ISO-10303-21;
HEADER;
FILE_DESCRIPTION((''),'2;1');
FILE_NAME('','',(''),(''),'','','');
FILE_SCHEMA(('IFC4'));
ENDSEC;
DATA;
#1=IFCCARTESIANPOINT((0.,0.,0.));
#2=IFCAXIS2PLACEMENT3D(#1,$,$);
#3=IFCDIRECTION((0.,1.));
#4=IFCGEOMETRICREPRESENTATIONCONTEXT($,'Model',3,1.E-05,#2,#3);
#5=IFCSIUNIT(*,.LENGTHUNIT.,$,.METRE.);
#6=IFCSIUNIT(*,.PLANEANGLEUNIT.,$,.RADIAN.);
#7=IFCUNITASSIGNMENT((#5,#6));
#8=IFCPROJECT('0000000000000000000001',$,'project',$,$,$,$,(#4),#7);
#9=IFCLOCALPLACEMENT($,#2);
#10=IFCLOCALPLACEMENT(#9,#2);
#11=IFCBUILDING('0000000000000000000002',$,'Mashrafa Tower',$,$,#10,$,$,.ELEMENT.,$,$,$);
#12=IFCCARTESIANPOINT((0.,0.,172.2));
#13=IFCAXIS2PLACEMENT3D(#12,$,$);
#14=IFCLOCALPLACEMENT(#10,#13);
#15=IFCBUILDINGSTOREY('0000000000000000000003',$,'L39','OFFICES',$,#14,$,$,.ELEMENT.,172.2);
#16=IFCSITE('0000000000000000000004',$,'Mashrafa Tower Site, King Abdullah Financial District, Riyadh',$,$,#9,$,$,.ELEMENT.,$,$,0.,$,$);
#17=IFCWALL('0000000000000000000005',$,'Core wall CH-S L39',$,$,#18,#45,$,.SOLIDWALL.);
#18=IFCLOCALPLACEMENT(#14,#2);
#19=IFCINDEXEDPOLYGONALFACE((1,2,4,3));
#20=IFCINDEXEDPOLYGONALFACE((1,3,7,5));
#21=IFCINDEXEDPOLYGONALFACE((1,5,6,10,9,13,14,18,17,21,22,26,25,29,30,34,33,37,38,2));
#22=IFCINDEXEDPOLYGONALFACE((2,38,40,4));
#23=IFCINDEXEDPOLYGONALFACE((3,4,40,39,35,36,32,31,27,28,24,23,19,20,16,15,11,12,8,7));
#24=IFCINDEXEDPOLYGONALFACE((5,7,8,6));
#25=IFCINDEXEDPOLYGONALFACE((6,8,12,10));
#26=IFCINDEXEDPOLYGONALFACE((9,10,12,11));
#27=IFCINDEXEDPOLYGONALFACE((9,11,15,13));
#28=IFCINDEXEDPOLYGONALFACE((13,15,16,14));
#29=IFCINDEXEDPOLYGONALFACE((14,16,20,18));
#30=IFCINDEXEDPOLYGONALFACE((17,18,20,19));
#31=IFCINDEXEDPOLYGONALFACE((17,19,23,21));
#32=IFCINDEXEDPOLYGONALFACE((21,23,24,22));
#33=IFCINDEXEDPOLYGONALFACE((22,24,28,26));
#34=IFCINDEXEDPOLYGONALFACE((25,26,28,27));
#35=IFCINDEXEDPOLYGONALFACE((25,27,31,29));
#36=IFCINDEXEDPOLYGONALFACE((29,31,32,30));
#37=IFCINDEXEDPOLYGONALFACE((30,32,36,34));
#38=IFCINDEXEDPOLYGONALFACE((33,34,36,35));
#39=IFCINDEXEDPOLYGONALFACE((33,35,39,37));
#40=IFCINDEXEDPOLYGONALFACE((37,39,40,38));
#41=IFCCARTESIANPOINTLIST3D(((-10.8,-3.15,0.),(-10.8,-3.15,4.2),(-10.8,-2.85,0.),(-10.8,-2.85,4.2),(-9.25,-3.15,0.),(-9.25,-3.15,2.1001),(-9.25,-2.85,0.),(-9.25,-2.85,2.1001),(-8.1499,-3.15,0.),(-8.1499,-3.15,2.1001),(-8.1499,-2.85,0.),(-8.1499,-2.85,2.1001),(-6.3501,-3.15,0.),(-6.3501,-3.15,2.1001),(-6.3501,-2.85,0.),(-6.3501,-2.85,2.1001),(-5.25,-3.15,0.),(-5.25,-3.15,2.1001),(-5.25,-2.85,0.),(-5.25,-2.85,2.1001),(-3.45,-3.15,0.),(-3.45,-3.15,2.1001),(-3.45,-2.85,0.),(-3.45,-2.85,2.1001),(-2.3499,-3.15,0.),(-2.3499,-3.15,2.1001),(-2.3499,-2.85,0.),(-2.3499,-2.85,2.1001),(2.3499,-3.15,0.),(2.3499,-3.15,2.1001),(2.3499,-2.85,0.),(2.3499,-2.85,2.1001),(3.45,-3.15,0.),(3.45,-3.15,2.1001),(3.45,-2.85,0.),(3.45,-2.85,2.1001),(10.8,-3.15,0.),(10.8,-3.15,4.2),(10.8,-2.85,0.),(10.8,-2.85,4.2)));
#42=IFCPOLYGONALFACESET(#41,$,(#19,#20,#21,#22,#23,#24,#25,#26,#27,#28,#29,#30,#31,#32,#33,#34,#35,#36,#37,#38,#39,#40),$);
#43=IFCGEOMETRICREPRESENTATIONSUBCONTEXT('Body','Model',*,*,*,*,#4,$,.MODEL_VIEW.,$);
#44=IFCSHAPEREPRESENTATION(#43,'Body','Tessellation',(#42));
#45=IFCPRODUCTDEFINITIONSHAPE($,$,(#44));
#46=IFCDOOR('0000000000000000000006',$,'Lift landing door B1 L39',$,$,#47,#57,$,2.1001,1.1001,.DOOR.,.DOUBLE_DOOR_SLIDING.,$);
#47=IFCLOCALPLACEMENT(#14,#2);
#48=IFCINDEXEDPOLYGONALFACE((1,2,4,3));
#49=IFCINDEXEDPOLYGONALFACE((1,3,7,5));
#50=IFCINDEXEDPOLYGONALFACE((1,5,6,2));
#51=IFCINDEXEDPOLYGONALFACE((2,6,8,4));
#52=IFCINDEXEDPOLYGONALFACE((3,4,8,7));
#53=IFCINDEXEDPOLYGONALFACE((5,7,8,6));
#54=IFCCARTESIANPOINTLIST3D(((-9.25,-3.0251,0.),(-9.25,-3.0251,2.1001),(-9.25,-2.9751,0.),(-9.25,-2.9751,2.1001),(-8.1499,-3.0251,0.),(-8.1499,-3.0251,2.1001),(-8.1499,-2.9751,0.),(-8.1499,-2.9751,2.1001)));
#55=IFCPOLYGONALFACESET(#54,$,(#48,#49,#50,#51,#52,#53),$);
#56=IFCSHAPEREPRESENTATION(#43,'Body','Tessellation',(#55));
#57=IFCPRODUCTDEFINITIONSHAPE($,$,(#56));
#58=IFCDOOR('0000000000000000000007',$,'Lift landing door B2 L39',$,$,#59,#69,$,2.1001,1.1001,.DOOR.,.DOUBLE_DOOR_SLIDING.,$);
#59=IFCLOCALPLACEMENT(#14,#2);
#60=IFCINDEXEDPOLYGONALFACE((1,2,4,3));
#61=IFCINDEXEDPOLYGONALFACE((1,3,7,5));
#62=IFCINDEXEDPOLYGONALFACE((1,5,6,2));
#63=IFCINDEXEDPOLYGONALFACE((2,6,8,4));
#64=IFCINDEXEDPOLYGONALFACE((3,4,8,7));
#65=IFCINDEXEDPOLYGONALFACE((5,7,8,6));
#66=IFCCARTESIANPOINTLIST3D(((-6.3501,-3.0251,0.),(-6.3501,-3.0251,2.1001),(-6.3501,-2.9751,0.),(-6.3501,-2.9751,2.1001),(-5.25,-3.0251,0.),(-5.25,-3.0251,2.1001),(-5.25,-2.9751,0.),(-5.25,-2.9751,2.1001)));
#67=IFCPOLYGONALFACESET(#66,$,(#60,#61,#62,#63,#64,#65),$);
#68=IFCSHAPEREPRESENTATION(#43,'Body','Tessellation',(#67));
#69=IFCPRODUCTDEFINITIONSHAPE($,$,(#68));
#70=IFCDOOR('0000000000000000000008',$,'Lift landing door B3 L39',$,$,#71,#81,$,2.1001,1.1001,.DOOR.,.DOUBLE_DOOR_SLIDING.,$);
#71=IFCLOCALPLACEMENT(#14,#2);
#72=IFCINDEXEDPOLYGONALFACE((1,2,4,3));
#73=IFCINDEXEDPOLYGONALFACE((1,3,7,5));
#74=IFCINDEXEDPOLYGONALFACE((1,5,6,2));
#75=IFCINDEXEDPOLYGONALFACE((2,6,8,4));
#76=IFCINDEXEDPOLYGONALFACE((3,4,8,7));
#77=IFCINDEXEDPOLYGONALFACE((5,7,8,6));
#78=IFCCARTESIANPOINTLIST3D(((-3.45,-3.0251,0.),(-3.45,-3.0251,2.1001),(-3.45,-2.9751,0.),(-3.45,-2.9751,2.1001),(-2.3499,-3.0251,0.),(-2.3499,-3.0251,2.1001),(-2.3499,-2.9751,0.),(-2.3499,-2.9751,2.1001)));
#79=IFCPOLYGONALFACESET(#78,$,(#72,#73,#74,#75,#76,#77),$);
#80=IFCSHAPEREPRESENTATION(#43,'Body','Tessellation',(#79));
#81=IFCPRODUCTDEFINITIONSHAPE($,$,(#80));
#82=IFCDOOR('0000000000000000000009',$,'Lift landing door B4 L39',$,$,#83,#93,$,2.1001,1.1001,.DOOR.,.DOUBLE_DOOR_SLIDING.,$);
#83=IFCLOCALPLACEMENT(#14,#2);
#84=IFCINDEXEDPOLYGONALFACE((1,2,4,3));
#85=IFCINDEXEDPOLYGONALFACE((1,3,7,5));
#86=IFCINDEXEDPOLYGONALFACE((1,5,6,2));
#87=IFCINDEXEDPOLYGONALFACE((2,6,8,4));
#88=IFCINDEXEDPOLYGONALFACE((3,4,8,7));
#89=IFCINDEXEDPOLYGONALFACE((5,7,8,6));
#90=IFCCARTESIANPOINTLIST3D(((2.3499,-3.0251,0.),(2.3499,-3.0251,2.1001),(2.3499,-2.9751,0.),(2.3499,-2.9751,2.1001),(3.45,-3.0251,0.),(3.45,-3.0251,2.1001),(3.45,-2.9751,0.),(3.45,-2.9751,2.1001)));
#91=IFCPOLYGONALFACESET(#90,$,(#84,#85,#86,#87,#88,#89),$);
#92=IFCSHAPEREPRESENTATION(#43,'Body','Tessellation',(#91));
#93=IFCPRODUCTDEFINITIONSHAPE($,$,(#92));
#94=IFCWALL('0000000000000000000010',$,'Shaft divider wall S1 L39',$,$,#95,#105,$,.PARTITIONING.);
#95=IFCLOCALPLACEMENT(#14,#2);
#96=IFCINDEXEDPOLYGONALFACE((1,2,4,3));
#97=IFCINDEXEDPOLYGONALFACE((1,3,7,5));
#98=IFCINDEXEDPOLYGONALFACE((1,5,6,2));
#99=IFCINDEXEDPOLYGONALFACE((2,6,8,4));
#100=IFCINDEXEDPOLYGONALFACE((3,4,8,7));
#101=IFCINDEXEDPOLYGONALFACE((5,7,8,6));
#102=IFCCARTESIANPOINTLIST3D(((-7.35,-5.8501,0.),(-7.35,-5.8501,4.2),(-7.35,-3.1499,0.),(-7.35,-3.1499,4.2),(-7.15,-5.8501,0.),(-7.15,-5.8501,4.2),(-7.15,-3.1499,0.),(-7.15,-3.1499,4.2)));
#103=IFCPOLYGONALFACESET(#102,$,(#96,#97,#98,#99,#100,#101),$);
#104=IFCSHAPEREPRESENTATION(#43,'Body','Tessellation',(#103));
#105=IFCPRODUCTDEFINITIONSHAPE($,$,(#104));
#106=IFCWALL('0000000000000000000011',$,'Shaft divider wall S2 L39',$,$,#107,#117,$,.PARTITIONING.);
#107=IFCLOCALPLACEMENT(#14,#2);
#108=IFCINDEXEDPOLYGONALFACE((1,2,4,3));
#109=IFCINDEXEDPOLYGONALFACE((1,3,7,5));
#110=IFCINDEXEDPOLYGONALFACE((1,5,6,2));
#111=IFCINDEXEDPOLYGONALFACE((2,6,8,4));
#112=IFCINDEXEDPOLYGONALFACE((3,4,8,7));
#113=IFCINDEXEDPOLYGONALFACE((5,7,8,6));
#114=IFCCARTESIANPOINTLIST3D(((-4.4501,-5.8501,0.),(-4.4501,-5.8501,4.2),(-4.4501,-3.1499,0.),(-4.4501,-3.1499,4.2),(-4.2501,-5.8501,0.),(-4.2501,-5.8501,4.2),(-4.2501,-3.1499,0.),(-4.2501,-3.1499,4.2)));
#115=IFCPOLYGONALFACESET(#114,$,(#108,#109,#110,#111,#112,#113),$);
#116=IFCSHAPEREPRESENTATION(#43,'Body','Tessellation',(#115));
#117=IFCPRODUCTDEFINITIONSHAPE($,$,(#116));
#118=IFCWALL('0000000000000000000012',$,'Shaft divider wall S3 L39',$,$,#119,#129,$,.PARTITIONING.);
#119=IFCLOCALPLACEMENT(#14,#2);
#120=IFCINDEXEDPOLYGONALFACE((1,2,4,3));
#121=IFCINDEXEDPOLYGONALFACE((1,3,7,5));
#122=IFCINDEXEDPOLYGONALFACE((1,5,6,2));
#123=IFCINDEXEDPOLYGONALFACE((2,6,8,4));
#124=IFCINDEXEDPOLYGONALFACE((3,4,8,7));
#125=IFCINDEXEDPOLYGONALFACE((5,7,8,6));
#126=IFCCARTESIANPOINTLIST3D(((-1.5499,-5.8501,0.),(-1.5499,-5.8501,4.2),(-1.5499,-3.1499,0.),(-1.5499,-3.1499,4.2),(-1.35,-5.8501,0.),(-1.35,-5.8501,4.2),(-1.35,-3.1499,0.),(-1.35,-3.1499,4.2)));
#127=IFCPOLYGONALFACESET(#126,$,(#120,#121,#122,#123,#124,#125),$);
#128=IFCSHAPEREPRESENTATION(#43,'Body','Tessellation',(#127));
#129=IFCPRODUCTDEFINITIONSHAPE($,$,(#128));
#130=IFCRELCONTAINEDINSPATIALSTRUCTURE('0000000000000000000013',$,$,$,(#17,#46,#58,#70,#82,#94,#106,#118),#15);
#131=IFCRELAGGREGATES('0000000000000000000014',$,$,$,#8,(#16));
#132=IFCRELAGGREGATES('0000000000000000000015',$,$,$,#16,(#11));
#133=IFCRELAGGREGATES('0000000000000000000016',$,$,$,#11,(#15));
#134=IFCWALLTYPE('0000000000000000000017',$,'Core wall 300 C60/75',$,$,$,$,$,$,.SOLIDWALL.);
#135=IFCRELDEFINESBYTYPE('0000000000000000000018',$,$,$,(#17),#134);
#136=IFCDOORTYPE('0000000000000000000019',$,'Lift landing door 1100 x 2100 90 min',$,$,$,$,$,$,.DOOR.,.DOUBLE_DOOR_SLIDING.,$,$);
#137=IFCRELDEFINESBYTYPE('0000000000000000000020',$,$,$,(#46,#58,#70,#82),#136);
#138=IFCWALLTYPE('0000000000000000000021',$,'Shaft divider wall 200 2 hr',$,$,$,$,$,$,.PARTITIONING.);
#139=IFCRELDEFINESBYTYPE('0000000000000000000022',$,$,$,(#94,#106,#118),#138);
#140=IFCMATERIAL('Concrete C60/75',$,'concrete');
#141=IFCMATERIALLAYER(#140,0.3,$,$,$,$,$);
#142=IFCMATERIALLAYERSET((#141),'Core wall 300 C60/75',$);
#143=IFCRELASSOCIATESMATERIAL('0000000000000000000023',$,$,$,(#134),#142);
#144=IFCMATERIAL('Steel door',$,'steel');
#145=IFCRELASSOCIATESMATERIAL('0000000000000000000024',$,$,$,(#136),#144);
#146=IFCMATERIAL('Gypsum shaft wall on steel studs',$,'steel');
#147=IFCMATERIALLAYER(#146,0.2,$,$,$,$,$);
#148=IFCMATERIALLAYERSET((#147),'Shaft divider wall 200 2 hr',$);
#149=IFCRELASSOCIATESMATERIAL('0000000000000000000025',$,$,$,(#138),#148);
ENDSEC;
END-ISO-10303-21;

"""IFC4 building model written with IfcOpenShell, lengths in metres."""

from ifc_helpers import new_model, si_unit, direction, frame, frame_2d, origin, place, context, subcontext, project, spatial, rectangle, extrude, material, layer, layer_set, type_object, element, fill, save


model = new_model("IFC4")

# Units and contexts
model_context = context("Model", 3, precision=1e-05, world=origin(), true_north=direction((0.0, 1.0)))
body_context = subcontext(model_context, "Body", "Model", "MODEL_VIEW")
ifc_project = project(units=[si_unit("LENGTHUNIT", "METRE"), si_unit("PLANEANGLEUNIT", "RADIAN")], contexts=[model_context])

# Site, building, storey
site_placement = place(None, origin())
site = spatial("IfcSite", under=ifc_project, at=site_placement, Name="Mashrafa Tower Site, King Abdullah Financial District, Riyadh", CompositionType="ELEMENT", RefElevation=0.0)
building_placement = place(site_placement, origin())
building = spatial("IfcBuilding", under=site, at=building_placement, Name="Mashrafa Tower", CompositionType="ELEMENT")
storey_placement = place(building_placement, frame((0.0, 0.0, 172.2)))
storey = spatial("IfcBuildingStorey", under=building, at=storey_placement, Name="L39", Description="OFFICES", CompositionType="ELEMENT", Elevation=172.2)

# Wall, openings, doors
ifc_material_1 = material(Name="Concrete C60/75", Category="concrete")
ifc_layer_1 = layer(ifc_material_1, 0.3)
ifc_layer_set_1 = layer_set([ifc_layer_1], Name="Core wall 300 C60/75")
wall_type_1 = type_object("IfcWallType", Name="Core wall 300 C60/75", PredefinedType="SOLIDWALL", material=ifc_layer_set_1)
wall_placement = place(storey_placement, frame((-10.8, -3.0, 0.0), z_axis=(0.0, 0.0, 1.0), x_axis=(1.0, 0.0, 0.0)))
wall = element("IfcWall", 1, at=wall_placement, inside=storey, type_object=wall_type_1, Name="Core wall CH-S L39", PredefinedType="SOLIDWALL", context=body_context, shape_type="SweptSolid", body=[
    extrude(rectangle(XDim=21.6001, YDim=0.3, at=frame_2d((10.8, 0.0))), origin(), (0.0, 0.0, 1.0), 4.2),
])
opening_1_placement = place(wall_placement, frame((1.55, 0.0, 0.0)))
opening_1 = element("IfcOpeningElement", 2, at=opening_1_placement, cuts=wall, PredefinedType="OPENING", context=body_context, shape_type="SweptSolid", body=[
    extrude(rectangle(XDim=1.1001, YDim=2.1001, at=frame_2d((0.55, 1.05))), frame((0.0, 0.1599, 0.0), z_axis=(0.0, -1.0, 0.0), x_axis=(1.0, 0.0, 0.0)), (0.0, 0.0, 1.0), 0.3201),
])
opening_2_placement = place(wall_placement, frame((4.45, 0.0, 0.0)))
opening_2 = element("IfcOpeningElement", 3, at=opening_2_placement, cuts=wall, PredefinedType="OPENING", context=body_context, shape_type="SweptSolid", body=[
    extrude(rectangle(XDim=1.1001, YDim=2.1001, at=frame_2d((0.55, 1.05))), frame((0.0, 0.1599, 0.0), z_axis=(0.0, -1.0, 0.0), x_axis=(1.0, 0.0, 0.0)), (0.0, 0.0, 1.0), 0.3201),
])
opening_3_placement = place(wall_placement, frame((7.3501, 0.0, 0.0)))
opening_3 = element("IfcOpeningElement", 4, at=opening_3_placement, cuts=wall, PredefinedType="OPENING", context=body_context, shape_type="SweptSolid", body=[
    extrude(rectangle(XDim=1.1001, YDim=2.1001, at=frame_2d((0.55, 1.05))), frame((0.0, 0.1599, 0.0), z_axis=(0.0, -1.0, 0.0), x_axis=(1.0, 0.0, 0.0)), (0.0, 0.0, 1.0), 0.3201),
])
opening_4_placement = place(wall_placement, frame((13.1499, 0.0, 0.0)))
opening_4 = element("IfcOpeningElement", 5, at=opening_4_placement, cuts=wall, PredefinedType="OPENING", context=body_context, shape_type="SweptSolid", body=[
    extrude(rectangle(XDim=1.1001, YDim=2.1001, at=frame_2d((0.55, 1.05))), frame((0.0, 0.1599, 0.0), z_axis=(0.0, -1.0, 0.0), x_axis=(1.0, 0.0, 0.0)), (0.0, 0.0, 1.0), 0.3201),
])
ifc_material_2 = material(Name="Steel door", Category="steel")
door_type = type_object("IfcDoorType", Name="Lift landing door 1100 x 2100 90 min", OperationType="DOUBLE_DOOR_SLIDING", PredefinedType="DOOR", material=ifc_material_2)
door_1_placement = place(opening_1_placement, origin())
door_1 = element("IfcDoor", 6, at=door_1_placement, inside=storey, type_object=door_type, Name="Lift landing door B1 L39", OperationType="DOUBLE_DOOR_SLIDING", OverallHeight=2.1001, OverallWidth=1.1001, PredefinedType="DOOR", context=body_context, shape_type="SweptSolid", body=[
    extrude(rectangle(XDim=1.1001, YDim=2.1001, at=frame_2d((0.55, 1.05))), frame((0.0, 0.0249, 0.0), z_axis=(0.0, -1.0, 0.0), x_axis=(1.0, 0.0, 0.0)), (0.0, 0.0, 1.0), 0.05),
])
fill(opening_1, door_1)
door_2_placement = place(opening_2_placement, origin())
door_2 = element("IfcDoor", 7, at=door_2_placement, inside=storey, type_object=door_type, Name="Lift landing door B2 L39", OperationType="DOUBLE_DOOR_SLIDING", OverallHeight=2.1001, OverallWidth=1.1001, PredefinedType="DOOR", context=body_context, shape_type="SweptSolid", body=[
    extrude(rectangle(XDim=1.1001, YDim=2.1001, at=frame_2d((0.55, 1.05))), frame((0.0, 0.0249, 0.0), z_axis=(0.0, -1.0, 0.0), x_axis=(1.0, 0.0, 0.0)), (0.0, 0.0, 1.0), 0.05),
])
fill(opening_2, door_2)
door_3_placement = place(opening_3_placement, origin())
door_3 = element("IfcDoor", 8, at=door_3_placement, inside=storey, type_object=door_type, Name="Lift landing door B3 L39", OperationType="DOUBLE_DOOR_SLIDING", OverallHeight=2.1001, OverallWidth=1.1001, PredefinedType="DOOR", context=body_context, shape_type="SweptSolid", body=[
    extrude(rectangle(XDim=1.1001, YDim=2.1001, at=frame_2d((0.55, 1.05))), frame((0.0, 0.0249, 0.0), z_axis=(0.0, -1.0, 0.0), x_axis=(1.0, 0.0, 0.0)), (0.0, 0.0, 1.0), 0.05),
])
fill(opening_3, door_3)
door_4_placement = place(opening_4_placement, origin())
door_4 = element("IfcDoor", 9, at=door_4_placement, inside=storey, type_object=door_type, Name="Lift landing door B4 L39", OperationType="DOUBLE_DOOR_SLIDING", OverallHeight=2.1001, OverallWidth=1.1001, PredefinedType="DOOR", context=body_context, shape_type="SweptSolid", body=[
    extrude(rectangle(XDim=1.1001, YDim=2.1001, at=frame_2d((0.55, 1.05))), frame((0.0, 0.0249, 0.0), z_axis=(0.0, -1.0, 0.0), x_axis=(1.0, 0.0, 0.0)), (0.0, 0.0, 1.0), 0.05),
])
fill(opening_4, door_4)

# Walls
ifc_material_3 = material(Name="Gypsum shaft wall on steel studs", Category="steel")
ifc_layer_2 = layer(ifc_material_3, 0.2)
ifc_layer_set_2 = layer_set([ifc_layer_2], Name="Shaft divider wall 200 2 hr")
wall_type_2 = type_object("IfcWallType", Name="Shaft divider wall 200 2 hr", PredefinedType="PARTITIONING", material=ifc_layer_set_2)
for number, where, z_axis, x_axis, name in (
    (10, (-7.25, -5.8501, 0.0), (0.0, 0.0, 1.0), (0.0, 1.0, 0.0), "Shaft divider wall S1 L39"),
    (11, (-4.3501, -5.8501, 0.0), (0.0, 0.0, 1.0), (0.0, 1.0, 0.0), "Shaft divider wall S2 L39"),
    (12, (-1.45, -5.8501, 0.0), (0.0, 0.0, 1.0), (0.0, 1.0, 0.0), "Shaft divider wall S3 L39"),
):
    element("IfcWall", number, at=place(storey_placement, frame(where, z_axis=z_axis, x_axis=x_axis)), inside=storey, type_object=wall_type_2, Name=name, PredefinedType="PARTITIONING", context=body_context, shape_type="SweptSolid", body=[
        extrude(rectangle(XDim=2.7002, YDim=0.2, at=frame_2d((1.3501, 0.0))), origin(), (0.0, 0.0, 1.0), 4.2),
    ])

save(model, "model.ifc")
